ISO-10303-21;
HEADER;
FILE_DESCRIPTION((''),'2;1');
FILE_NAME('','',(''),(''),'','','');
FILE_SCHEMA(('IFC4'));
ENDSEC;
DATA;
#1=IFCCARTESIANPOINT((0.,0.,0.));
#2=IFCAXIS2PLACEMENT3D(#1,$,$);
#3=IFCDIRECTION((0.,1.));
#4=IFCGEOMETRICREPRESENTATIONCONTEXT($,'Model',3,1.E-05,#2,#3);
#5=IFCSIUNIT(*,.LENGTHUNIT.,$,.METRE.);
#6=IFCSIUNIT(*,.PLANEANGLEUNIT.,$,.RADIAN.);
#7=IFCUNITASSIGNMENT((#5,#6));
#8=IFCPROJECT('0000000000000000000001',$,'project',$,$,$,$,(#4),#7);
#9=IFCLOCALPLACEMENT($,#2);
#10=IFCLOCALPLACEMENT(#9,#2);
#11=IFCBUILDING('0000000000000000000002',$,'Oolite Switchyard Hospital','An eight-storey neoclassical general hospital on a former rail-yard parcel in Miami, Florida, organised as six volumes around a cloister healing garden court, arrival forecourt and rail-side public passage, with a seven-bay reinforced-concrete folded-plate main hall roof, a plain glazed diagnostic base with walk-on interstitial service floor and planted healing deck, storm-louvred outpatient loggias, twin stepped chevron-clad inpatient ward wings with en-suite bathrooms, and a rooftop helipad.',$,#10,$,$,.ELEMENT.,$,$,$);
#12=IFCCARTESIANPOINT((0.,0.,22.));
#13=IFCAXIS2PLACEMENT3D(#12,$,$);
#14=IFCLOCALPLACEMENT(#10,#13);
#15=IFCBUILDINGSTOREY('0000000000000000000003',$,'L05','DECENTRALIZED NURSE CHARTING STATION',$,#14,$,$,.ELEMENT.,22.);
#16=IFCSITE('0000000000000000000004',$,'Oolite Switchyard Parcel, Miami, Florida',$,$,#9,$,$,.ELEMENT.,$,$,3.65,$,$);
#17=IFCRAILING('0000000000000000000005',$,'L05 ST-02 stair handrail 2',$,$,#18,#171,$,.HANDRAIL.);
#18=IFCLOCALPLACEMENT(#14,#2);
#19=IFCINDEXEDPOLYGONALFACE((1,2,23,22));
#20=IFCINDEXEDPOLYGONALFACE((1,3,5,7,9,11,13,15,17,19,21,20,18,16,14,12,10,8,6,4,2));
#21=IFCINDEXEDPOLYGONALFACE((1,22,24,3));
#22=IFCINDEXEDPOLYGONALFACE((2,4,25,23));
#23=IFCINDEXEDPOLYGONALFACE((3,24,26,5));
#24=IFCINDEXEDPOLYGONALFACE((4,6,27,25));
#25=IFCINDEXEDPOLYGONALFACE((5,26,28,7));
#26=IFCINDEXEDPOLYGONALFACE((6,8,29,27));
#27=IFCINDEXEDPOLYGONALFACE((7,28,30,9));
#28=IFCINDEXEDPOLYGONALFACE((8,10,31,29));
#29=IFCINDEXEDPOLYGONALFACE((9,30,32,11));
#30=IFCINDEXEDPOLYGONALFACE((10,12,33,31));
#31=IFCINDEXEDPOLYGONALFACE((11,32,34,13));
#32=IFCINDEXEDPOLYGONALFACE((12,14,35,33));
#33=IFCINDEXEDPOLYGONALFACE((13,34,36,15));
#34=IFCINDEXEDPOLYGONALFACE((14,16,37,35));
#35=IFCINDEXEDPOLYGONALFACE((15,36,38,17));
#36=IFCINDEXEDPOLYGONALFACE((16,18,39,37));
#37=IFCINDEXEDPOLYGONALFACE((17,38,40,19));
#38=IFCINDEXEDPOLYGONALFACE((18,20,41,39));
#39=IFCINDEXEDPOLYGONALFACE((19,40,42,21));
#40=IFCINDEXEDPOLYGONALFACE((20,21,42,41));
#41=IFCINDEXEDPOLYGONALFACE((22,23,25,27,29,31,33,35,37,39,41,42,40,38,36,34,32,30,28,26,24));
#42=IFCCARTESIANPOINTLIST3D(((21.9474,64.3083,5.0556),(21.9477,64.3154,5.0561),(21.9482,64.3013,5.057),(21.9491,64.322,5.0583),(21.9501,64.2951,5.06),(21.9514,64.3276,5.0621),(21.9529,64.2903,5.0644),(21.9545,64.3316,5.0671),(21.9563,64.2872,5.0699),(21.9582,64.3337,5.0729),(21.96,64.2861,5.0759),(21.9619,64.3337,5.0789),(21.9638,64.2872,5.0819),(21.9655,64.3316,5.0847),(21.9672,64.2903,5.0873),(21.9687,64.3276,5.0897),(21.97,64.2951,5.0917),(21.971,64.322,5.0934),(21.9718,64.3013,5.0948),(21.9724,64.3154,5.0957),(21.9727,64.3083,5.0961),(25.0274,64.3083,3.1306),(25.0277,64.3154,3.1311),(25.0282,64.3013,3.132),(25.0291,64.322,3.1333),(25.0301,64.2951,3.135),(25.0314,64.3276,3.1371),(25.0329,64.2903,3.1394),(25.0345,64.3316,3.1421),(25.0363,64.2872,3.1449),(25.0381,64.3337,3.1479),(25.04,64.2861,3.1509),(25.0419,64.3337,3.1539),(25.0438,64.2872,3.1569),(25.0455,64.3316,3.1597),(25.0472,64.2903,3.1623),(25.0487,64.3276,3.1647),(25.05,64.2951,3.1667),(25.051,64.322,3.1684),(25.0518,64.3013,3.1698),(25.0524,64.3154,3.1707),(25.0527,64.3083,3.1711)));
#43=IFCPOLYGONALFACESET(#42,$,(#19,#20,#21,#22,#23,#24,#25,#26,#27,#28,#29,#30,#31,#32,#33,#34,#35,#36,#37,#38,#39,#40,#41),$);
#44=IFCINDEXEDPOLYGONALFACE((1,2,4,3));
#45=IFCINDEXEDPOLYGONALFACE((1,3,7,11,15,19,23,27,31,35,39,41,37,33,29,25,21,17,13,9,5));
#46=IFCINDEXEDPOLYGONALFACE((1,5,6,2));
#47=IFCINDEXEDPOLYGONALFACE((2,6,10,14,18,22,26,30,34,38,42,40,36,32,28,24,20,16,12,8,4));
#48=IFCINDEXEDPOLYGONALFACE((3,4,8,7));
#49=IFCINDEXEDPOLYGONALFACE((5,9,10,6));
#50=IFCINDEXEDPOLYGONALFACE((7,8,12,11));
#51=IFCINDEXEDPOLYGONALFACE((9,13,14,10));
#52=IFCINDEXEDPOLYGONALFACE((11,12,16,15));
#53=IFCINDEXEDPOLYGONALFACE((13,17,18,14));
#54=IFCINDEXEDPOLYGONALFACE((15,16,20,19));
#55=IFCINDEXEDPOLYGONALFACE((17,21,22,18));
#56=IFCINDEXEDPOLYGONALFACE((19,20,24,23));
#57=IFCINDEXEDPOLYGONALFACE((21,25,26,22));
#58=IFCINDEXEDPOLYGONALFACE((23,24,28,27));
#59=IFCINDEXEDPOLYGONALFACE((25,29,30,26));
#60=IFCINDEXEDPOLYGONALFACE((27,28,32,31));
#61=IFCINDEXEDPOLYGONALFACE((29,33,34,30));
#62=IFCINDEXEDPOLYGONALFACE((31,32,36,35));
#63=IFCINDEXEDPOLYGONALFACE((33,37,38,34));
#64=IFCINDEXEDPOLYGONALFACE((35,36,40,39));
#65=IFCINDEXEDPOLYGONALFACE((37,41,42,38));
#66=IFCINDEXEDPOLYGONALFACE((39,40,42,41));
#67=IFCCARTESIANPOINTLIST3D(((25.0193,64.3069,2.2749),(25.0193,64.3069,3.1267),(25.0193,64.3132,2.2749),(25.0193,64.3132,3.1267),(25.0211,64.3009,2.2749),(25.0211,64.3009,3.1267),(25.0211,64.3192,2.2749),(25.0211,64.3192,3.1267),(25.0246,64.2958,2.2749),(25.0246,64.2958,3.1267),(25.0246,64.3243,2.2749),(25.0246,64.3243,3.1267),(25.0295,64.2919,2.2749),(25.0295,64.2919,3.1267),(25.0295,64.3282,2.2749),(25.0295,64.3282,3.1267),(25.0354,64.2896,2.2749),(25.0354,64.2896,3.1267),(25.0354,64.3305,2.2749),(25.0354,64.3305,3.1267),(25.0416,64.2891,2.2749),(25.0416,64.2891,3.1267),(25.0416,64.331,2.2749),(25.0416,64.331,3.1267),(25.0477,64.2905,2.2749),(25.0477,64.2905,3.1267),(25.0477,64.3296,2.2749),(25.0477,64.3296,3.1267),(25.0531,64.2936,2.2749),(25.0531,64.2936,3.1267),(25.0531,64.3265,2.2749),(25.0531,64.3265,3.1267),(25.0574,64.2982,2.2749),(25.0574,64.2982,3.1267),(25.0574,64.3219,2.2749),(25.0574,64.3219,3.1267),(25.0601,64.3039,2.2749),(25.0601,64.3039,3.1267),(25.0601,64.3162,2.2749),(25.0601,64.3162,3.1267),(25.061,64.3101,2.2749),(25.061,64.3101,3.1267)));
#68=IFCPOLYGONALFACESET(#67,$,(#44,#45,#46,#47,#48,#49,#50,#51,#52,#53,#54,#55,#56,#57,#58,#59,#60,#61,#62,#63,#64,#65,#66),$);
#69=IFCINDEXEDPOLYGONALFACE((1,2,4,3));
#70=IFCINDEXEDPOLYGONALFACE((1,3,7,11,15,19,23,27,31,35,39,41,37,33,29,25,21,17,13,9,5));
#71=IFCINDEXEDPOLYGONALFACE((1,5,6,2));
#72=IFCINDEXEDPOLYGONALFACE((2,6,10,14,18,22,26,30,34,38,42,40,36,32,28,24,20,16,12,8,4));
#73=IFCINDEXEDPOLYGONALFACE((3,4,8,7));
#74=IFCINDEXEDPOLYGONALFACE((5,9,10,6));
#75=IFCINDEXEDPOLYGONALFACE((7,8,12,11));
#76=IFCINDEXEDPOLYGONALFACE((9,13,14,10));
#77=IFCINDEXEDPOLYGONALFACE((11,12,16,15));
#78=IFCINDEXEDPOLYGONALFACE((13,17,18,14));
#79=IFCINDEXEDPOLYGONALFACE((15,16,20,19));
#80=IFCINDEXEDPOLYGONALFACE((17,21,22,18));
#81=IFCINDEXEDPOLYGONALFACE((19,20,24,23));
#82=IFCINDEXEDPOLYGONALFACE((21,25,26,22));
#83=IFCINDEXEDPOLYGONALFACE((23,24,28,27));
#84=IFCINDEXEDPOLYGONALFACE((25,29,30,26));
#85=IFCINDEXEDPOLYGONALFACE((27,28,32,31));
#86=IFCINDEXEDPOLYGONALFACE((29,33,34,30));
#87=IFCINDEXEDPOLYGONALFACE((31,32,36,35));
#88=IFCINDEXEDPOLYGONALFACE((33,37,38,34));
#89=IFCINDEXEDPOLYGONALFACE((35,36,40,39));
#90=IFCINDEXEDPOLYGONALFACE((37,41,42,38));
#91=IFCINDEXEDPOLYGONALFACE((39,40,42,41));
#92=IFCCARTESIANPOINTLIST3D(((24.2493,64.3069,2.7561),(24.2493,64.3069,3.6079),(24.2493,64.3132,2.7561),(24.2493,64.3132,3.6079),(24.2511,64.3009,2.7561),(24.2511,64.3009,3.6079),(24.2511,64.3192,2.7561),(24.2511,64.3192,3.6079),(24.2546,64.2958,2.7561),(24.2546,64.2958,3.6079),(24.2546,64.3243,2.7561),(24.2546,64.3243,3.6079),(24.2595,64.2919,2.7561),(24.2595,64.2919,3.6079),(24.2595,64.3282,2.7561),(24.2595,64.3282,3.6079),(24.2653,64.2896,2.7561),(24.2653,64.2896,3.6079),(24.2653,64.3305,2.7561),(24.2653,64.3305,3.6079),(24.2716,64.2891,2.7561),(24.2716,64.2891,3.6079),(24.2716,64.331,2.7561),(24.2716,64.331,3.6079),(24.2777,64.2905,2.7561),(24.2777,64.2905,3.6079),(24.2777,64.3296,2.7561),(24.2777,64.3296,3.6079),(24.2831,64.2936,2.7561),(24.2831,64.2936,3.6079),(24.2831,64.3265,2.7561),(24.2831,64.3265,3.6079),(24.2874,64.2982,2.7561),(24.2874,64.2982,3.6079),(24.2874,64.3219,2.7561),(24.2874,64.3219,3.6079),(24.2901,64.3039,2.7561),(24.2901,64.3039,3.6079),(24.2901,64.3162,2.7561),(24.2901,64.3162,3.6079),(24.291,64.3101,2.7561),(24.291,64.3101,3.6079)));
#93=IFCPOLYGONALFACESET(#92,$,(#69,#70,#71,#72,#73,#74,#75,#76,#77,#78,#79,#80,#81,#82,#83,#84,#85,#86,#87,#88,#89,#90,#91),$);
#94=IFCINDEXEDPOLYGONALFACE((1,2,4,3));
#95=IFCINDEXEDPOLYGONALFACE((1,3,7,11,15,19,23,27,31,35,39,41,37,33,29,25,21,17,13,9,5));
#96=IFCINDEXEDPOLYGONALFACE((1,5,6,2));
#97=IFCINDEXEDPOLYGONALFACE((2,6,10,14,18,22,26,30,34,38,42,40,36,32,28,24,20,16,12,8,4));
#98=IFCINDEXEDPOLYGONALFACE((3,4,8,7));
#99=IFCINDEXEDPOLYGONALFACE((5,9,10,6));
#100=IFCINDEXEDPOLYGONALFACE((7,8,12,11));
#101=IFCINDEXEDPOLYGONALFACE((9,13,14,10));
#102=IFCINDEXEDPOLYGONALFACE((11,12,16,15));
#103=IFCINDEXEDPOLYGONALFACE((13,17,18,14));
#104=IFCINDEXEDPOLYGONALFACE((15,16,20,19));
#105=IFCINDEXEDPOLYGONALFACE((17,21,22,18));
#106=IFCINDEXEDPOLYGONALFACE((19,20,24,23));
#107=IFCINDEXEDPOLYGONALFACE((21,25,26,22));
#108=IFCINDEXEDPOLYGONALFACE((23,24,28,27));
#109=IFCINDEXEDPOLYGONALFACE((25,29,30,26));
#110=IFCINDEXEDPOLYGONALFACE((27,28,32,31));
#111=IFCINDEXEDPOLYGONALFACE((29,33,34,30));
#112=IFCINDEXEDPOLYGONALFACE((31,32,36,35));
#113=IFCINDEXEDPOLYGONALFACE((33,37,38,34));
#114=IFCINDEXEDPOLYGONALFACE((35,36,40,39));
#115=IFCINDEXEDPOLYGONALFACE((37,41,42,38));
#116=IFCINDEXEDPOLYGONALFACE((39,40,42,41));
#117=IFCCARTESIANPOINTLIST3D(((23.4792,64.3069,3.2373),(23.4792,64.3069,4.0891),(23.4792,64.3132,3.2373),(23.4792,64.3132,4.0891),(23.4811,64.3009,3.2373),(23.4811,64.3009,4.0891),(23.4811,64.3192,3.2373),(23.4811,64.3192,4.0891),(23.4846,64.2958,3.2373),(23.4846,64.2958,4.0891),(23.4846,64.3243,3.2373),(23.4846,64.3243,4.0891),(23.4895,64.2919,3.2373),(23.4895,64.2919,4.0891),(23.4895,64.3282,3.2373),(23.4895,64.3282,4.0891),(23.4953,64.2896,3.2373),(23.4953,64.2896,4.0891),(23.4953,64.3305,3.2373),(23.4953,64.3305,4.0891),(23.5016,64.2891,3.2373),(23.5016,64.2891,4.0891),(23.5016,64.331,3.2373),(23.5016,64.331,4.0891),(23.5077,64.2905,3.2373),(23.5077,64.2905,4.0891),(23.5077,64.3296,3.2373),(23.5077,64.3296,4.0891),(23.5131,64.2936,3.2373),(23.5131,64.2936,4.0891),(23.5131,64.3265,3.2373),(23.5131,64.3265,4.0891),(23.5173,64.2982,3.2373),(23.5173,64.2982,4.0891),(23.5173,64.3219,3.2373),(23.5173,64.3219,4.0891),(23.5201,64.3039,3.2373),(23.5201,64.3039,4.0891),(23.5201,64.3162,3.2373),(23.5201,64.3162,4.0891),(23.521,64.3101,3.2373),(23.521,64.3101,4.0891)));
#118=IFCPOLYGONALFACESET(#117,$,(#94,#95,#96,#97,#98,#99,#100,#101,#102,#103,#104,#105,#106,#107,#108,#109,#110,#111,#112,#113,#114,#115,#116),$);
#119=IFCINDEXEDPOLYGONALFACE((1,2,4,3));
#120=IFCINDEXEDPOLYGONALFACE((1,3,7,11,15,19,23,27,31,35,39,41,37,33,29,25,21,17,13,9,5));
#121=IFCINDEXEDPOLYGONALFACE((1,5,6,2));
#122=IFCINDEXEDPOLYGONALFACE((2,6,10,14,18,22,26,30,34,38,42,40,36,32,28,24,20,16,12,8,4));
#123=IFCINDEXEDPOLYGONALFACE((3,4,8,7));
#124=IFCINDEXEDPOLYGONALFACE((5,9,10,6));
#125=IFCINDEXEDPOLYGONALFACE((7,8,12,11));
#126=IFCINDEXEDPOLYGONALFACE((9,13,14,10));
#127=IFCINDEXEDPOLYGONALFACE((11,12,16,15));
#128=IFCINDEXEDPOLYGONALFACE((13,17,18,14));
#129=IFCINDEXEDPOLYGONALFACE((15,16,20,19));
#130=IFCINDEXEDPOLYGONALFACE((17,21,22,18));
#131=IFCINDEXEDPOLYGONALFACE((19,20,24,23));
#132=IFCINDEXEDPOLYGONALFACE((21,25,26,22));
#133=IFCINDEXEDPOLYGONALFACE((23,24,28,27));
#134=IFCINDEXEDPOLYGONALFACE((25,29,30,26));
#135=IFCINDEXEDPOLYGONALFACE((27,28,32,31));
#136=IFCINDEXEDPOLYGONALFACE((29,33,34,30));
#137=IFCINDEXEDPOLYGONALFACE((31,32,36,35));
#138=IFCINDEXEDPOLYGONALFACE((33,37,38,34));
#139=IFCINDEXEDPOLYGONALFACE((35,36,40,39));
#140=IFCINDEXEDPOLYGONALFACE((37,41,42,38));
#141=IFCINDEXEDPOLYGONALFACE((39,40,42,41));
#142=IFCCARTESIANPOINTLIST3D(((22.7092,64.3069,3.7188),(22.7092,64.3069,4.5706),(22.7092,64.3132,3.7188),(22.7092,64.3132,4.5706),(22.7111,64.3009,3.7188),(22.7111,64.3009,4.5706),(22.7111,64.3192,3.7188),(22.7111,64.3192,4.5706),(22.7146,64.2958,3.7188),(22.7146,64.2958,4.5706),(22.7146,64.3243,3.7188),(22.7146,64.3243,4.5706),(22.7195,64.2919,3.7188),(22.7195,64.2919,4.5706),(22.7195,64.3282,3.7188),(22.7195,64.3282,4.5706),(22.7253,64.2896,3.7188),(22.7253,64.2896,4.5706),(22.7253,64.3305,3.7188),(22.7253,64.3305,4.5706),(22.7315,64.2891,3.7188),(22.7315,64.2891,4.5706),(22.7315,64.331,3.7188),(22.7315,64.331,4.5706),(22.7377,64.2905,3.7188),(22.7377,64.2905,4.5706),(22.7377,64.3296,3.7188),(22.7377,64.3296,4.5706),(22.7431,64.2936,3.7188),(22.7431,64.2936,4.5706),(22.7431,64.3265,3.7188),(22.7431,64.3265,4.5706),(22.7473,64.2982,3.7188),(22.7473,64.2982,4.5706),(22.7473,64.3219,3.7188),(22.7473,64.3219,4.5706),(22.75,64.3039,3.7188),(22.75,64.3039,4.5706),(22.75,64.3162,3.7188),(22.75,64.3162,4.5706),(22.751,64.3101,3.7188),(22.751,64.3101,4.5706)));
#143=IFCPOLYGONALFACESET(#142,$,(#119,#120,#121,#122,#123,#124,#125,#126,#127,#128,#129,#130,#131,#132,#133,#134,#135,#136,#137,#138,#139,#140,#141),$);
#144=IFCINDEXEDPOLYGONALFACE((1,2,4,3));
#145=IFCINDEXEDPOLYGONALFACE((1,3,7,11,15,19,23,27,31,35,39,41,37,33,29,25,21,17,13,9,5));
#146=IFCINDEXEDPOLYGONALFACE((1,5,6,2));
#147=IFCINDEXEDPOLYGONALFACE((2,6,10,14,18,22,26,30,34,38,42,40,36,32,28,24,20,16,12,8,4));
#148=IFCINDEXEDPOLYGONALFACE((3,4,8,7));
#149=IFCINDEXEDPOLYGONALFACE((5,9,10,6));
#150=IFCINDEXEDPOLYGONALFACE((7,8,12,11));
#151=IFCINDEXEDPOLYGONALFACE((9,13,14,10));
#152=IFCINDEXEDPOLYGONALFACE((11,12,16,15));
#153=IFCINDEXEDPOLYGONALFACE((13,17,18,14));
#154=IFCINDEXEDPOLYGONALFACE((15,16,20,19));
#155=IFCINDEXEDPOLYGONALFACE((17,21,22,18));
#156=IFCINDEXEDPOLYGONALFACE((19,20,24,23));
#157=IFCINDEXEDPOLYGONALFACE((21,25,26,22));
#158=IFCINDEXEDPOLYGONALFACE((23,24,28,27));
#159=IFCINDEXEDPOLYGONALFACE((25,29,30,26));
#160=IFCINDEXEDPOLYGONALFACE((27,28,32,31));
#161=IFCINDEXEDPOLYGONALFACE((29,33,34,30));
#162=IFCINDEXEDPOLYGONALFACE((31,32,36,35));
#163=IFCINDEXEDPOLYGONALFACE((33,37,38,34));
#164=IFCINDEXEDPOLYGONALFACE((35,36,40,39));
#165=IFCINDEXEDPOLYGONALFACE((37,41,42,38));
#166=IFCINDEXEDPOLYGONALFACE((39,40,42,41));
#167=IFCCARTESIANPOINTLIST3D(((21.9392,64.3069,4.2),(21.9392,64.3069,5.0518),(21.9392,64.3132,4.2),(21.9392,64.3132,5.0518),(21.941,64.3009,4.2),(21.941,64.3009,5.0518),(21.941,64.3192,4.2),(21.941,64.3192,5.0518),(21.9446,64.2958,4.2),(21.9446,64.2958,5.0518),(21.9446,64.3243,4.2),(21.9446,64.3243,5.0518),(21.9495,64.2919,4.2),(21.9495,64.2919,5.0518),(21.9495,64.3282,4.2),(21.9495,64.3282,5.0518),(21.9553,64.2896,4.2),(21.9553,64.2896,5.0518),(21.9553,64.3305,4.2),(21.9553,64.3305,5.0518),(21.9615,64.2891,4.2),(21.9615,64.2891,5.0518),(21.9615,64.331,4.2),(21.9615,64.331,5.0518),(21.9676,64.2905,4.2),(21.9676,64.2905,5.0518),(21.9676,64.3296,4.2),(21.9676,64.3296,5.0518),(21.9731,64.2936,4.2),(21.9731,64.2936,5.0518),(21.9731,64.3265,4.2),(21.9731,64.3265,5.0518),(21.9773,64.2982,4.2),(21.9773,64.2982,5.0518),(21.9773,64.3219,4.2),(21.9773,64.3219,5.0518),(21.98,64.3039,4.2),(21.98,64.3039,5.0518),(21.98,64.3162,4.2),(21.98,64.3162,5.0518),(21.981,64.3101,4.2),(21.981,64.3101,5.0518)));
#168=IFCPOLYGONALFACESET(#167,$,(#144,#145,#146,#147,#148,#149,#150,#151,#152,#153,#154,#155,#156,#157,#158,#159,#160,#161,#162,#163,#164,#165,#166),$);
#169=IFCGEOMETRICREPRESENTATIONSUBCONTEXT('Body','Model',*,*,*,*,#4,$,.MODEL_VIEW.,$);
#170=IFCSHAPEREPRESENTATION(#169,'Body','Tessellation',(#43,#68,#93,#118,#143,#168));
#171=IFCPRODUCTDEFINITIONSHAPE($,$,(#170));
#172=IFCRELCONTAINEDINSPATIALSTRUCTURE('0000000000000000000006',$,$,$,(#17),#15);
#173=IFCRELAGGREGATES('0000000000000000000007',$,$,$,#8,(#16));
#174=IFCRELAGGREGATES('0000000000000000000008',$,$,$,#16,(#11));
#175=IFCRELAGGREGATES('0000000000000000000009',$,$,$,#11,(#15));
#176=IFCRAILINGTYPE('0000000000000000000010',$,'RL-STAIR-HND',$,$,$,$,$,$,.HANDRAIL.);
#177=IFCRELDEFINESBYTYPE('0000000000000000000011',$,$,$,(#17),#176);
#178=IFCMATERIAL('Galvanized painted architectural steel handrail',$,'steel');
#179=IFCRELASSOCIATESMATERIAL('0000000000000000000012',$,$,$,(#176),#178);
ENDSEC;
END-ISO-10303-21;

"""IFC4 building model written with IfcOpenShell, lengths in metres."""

from ifc_helpers import new_model, si_unit, direction, frame, origin, origin_2d, place, context, subcontext, project, spatial, circle, extrude, material, type_object, element, save


model = new_model("IFC4")

# Units and contexts
model_context = context("Model", 3, precision=1e-05, world=origin(), true_north=direction((0.0, 1.0)))
body_context = subcontext(model_context, "Body", "Model", "MODEL_VIEW")
ifc_project = project(units=[si_unit("LENGTHUNIT", "METRE"), si_unit("PLANEANGLEUNIT", "RADIAN")], contexts=[model_context])

# Site, building, storey
site_placement = place(None, origin())
site = spatial("IfcSite", under=ifc_project, at=site_placement, Name="Oolite Switchyard Parcel, Miami, Florida", CompositionType="ELEMENT", RefElevation=3.65)
building_placement = place(site_placement, origin())
building = spatial("IfcBuilding", under=site, at=building_placement, Name="Oolite Switchyard Hospital", Description="An eight-storey neoclassical general hospital on a former rail-yard parcel in Miami, Florida, organised as six volumes around a cloister healing garden court, arrival forecourt and rail-side public passage, with a seven-bay reinforced-concrete folded-plate main hall roof, a plain glazed diagnostic base with walk-on interstitial service floor and planted healing deck, storm-louvred outpatient loggias, twin stepped chevron-clad inpatient ward wings with en-suite bathrooms, and a rooftop helipad.", CompositionType="ELEMENT")
storey_placement = place(building_placement, frame((0.0, 0.0, 22.0)))
storey = spatial("IfcBuildingStorey", under=building, at=storey_placement, Name="L05", Description="DECENTRALIZED NURSE CHARTING STATION", CompositionType="ELEMENT", Elevation=22.0)

# Railing
ifc_material_1 = material(Name="Galvanized painted architectural steel handrail", Category="steel")
railing_type_1 = type_object("IfcRailingType", Name="RL-STAIR-HND", PredefinedType="HANDRAIL", material=ifc_material_1)
railing_1_placement = place(storey_placement, frame((25.04, 64.3101, 2.2749)))
element("IfcRailing", 1, at=railing_1_placement, inside=storey, type_object=railing_type_1, Name="L05 ST-02 stair handrail 2", PredefinedType="HANDRAIL", context=body_context, shape_type="SweptSolid", body=[
    extrude(circle(Radius=0.0239, at=origin_2d()), frame((0.0, 0.0, 0.876), z_axis=(-0.847998, 0.0, 0.529999), x_axis=(0.0, -1.0, 0.0)), (0.0, 0.0, 1.0), 3.6321),
    extrude(circle(Radius=0.021, at=origin_2d()), origin(), (0.0, 0.0, 1.0), 0.8518),
    extrude(circle(Radius=0.021, at=origin_2d()), frame((-0.77, 0.0, 0.4812)), (0.0, 0.0, 1.0), 0.8518),
    extrude(circle(Radius=0.021, at=origin_2d()), frame((-1.54, 0.0, 0.9624)), (0.0, 0.0, 1.0), 0.8518),
    extrude(circle(Radius=0.021, at=origin_2d()), frame((-2.3101, 0.0, 1.4438)), (0.0, 0.0, 1.0), 0.8518),
    extrude(circle(Radius=0.021, at=origin_2d()), frame((-3.0801, 0.0, 1.925)), (0.0, 0.0, 1.0), 0.8518),
])

save(model, "model.ifc")
